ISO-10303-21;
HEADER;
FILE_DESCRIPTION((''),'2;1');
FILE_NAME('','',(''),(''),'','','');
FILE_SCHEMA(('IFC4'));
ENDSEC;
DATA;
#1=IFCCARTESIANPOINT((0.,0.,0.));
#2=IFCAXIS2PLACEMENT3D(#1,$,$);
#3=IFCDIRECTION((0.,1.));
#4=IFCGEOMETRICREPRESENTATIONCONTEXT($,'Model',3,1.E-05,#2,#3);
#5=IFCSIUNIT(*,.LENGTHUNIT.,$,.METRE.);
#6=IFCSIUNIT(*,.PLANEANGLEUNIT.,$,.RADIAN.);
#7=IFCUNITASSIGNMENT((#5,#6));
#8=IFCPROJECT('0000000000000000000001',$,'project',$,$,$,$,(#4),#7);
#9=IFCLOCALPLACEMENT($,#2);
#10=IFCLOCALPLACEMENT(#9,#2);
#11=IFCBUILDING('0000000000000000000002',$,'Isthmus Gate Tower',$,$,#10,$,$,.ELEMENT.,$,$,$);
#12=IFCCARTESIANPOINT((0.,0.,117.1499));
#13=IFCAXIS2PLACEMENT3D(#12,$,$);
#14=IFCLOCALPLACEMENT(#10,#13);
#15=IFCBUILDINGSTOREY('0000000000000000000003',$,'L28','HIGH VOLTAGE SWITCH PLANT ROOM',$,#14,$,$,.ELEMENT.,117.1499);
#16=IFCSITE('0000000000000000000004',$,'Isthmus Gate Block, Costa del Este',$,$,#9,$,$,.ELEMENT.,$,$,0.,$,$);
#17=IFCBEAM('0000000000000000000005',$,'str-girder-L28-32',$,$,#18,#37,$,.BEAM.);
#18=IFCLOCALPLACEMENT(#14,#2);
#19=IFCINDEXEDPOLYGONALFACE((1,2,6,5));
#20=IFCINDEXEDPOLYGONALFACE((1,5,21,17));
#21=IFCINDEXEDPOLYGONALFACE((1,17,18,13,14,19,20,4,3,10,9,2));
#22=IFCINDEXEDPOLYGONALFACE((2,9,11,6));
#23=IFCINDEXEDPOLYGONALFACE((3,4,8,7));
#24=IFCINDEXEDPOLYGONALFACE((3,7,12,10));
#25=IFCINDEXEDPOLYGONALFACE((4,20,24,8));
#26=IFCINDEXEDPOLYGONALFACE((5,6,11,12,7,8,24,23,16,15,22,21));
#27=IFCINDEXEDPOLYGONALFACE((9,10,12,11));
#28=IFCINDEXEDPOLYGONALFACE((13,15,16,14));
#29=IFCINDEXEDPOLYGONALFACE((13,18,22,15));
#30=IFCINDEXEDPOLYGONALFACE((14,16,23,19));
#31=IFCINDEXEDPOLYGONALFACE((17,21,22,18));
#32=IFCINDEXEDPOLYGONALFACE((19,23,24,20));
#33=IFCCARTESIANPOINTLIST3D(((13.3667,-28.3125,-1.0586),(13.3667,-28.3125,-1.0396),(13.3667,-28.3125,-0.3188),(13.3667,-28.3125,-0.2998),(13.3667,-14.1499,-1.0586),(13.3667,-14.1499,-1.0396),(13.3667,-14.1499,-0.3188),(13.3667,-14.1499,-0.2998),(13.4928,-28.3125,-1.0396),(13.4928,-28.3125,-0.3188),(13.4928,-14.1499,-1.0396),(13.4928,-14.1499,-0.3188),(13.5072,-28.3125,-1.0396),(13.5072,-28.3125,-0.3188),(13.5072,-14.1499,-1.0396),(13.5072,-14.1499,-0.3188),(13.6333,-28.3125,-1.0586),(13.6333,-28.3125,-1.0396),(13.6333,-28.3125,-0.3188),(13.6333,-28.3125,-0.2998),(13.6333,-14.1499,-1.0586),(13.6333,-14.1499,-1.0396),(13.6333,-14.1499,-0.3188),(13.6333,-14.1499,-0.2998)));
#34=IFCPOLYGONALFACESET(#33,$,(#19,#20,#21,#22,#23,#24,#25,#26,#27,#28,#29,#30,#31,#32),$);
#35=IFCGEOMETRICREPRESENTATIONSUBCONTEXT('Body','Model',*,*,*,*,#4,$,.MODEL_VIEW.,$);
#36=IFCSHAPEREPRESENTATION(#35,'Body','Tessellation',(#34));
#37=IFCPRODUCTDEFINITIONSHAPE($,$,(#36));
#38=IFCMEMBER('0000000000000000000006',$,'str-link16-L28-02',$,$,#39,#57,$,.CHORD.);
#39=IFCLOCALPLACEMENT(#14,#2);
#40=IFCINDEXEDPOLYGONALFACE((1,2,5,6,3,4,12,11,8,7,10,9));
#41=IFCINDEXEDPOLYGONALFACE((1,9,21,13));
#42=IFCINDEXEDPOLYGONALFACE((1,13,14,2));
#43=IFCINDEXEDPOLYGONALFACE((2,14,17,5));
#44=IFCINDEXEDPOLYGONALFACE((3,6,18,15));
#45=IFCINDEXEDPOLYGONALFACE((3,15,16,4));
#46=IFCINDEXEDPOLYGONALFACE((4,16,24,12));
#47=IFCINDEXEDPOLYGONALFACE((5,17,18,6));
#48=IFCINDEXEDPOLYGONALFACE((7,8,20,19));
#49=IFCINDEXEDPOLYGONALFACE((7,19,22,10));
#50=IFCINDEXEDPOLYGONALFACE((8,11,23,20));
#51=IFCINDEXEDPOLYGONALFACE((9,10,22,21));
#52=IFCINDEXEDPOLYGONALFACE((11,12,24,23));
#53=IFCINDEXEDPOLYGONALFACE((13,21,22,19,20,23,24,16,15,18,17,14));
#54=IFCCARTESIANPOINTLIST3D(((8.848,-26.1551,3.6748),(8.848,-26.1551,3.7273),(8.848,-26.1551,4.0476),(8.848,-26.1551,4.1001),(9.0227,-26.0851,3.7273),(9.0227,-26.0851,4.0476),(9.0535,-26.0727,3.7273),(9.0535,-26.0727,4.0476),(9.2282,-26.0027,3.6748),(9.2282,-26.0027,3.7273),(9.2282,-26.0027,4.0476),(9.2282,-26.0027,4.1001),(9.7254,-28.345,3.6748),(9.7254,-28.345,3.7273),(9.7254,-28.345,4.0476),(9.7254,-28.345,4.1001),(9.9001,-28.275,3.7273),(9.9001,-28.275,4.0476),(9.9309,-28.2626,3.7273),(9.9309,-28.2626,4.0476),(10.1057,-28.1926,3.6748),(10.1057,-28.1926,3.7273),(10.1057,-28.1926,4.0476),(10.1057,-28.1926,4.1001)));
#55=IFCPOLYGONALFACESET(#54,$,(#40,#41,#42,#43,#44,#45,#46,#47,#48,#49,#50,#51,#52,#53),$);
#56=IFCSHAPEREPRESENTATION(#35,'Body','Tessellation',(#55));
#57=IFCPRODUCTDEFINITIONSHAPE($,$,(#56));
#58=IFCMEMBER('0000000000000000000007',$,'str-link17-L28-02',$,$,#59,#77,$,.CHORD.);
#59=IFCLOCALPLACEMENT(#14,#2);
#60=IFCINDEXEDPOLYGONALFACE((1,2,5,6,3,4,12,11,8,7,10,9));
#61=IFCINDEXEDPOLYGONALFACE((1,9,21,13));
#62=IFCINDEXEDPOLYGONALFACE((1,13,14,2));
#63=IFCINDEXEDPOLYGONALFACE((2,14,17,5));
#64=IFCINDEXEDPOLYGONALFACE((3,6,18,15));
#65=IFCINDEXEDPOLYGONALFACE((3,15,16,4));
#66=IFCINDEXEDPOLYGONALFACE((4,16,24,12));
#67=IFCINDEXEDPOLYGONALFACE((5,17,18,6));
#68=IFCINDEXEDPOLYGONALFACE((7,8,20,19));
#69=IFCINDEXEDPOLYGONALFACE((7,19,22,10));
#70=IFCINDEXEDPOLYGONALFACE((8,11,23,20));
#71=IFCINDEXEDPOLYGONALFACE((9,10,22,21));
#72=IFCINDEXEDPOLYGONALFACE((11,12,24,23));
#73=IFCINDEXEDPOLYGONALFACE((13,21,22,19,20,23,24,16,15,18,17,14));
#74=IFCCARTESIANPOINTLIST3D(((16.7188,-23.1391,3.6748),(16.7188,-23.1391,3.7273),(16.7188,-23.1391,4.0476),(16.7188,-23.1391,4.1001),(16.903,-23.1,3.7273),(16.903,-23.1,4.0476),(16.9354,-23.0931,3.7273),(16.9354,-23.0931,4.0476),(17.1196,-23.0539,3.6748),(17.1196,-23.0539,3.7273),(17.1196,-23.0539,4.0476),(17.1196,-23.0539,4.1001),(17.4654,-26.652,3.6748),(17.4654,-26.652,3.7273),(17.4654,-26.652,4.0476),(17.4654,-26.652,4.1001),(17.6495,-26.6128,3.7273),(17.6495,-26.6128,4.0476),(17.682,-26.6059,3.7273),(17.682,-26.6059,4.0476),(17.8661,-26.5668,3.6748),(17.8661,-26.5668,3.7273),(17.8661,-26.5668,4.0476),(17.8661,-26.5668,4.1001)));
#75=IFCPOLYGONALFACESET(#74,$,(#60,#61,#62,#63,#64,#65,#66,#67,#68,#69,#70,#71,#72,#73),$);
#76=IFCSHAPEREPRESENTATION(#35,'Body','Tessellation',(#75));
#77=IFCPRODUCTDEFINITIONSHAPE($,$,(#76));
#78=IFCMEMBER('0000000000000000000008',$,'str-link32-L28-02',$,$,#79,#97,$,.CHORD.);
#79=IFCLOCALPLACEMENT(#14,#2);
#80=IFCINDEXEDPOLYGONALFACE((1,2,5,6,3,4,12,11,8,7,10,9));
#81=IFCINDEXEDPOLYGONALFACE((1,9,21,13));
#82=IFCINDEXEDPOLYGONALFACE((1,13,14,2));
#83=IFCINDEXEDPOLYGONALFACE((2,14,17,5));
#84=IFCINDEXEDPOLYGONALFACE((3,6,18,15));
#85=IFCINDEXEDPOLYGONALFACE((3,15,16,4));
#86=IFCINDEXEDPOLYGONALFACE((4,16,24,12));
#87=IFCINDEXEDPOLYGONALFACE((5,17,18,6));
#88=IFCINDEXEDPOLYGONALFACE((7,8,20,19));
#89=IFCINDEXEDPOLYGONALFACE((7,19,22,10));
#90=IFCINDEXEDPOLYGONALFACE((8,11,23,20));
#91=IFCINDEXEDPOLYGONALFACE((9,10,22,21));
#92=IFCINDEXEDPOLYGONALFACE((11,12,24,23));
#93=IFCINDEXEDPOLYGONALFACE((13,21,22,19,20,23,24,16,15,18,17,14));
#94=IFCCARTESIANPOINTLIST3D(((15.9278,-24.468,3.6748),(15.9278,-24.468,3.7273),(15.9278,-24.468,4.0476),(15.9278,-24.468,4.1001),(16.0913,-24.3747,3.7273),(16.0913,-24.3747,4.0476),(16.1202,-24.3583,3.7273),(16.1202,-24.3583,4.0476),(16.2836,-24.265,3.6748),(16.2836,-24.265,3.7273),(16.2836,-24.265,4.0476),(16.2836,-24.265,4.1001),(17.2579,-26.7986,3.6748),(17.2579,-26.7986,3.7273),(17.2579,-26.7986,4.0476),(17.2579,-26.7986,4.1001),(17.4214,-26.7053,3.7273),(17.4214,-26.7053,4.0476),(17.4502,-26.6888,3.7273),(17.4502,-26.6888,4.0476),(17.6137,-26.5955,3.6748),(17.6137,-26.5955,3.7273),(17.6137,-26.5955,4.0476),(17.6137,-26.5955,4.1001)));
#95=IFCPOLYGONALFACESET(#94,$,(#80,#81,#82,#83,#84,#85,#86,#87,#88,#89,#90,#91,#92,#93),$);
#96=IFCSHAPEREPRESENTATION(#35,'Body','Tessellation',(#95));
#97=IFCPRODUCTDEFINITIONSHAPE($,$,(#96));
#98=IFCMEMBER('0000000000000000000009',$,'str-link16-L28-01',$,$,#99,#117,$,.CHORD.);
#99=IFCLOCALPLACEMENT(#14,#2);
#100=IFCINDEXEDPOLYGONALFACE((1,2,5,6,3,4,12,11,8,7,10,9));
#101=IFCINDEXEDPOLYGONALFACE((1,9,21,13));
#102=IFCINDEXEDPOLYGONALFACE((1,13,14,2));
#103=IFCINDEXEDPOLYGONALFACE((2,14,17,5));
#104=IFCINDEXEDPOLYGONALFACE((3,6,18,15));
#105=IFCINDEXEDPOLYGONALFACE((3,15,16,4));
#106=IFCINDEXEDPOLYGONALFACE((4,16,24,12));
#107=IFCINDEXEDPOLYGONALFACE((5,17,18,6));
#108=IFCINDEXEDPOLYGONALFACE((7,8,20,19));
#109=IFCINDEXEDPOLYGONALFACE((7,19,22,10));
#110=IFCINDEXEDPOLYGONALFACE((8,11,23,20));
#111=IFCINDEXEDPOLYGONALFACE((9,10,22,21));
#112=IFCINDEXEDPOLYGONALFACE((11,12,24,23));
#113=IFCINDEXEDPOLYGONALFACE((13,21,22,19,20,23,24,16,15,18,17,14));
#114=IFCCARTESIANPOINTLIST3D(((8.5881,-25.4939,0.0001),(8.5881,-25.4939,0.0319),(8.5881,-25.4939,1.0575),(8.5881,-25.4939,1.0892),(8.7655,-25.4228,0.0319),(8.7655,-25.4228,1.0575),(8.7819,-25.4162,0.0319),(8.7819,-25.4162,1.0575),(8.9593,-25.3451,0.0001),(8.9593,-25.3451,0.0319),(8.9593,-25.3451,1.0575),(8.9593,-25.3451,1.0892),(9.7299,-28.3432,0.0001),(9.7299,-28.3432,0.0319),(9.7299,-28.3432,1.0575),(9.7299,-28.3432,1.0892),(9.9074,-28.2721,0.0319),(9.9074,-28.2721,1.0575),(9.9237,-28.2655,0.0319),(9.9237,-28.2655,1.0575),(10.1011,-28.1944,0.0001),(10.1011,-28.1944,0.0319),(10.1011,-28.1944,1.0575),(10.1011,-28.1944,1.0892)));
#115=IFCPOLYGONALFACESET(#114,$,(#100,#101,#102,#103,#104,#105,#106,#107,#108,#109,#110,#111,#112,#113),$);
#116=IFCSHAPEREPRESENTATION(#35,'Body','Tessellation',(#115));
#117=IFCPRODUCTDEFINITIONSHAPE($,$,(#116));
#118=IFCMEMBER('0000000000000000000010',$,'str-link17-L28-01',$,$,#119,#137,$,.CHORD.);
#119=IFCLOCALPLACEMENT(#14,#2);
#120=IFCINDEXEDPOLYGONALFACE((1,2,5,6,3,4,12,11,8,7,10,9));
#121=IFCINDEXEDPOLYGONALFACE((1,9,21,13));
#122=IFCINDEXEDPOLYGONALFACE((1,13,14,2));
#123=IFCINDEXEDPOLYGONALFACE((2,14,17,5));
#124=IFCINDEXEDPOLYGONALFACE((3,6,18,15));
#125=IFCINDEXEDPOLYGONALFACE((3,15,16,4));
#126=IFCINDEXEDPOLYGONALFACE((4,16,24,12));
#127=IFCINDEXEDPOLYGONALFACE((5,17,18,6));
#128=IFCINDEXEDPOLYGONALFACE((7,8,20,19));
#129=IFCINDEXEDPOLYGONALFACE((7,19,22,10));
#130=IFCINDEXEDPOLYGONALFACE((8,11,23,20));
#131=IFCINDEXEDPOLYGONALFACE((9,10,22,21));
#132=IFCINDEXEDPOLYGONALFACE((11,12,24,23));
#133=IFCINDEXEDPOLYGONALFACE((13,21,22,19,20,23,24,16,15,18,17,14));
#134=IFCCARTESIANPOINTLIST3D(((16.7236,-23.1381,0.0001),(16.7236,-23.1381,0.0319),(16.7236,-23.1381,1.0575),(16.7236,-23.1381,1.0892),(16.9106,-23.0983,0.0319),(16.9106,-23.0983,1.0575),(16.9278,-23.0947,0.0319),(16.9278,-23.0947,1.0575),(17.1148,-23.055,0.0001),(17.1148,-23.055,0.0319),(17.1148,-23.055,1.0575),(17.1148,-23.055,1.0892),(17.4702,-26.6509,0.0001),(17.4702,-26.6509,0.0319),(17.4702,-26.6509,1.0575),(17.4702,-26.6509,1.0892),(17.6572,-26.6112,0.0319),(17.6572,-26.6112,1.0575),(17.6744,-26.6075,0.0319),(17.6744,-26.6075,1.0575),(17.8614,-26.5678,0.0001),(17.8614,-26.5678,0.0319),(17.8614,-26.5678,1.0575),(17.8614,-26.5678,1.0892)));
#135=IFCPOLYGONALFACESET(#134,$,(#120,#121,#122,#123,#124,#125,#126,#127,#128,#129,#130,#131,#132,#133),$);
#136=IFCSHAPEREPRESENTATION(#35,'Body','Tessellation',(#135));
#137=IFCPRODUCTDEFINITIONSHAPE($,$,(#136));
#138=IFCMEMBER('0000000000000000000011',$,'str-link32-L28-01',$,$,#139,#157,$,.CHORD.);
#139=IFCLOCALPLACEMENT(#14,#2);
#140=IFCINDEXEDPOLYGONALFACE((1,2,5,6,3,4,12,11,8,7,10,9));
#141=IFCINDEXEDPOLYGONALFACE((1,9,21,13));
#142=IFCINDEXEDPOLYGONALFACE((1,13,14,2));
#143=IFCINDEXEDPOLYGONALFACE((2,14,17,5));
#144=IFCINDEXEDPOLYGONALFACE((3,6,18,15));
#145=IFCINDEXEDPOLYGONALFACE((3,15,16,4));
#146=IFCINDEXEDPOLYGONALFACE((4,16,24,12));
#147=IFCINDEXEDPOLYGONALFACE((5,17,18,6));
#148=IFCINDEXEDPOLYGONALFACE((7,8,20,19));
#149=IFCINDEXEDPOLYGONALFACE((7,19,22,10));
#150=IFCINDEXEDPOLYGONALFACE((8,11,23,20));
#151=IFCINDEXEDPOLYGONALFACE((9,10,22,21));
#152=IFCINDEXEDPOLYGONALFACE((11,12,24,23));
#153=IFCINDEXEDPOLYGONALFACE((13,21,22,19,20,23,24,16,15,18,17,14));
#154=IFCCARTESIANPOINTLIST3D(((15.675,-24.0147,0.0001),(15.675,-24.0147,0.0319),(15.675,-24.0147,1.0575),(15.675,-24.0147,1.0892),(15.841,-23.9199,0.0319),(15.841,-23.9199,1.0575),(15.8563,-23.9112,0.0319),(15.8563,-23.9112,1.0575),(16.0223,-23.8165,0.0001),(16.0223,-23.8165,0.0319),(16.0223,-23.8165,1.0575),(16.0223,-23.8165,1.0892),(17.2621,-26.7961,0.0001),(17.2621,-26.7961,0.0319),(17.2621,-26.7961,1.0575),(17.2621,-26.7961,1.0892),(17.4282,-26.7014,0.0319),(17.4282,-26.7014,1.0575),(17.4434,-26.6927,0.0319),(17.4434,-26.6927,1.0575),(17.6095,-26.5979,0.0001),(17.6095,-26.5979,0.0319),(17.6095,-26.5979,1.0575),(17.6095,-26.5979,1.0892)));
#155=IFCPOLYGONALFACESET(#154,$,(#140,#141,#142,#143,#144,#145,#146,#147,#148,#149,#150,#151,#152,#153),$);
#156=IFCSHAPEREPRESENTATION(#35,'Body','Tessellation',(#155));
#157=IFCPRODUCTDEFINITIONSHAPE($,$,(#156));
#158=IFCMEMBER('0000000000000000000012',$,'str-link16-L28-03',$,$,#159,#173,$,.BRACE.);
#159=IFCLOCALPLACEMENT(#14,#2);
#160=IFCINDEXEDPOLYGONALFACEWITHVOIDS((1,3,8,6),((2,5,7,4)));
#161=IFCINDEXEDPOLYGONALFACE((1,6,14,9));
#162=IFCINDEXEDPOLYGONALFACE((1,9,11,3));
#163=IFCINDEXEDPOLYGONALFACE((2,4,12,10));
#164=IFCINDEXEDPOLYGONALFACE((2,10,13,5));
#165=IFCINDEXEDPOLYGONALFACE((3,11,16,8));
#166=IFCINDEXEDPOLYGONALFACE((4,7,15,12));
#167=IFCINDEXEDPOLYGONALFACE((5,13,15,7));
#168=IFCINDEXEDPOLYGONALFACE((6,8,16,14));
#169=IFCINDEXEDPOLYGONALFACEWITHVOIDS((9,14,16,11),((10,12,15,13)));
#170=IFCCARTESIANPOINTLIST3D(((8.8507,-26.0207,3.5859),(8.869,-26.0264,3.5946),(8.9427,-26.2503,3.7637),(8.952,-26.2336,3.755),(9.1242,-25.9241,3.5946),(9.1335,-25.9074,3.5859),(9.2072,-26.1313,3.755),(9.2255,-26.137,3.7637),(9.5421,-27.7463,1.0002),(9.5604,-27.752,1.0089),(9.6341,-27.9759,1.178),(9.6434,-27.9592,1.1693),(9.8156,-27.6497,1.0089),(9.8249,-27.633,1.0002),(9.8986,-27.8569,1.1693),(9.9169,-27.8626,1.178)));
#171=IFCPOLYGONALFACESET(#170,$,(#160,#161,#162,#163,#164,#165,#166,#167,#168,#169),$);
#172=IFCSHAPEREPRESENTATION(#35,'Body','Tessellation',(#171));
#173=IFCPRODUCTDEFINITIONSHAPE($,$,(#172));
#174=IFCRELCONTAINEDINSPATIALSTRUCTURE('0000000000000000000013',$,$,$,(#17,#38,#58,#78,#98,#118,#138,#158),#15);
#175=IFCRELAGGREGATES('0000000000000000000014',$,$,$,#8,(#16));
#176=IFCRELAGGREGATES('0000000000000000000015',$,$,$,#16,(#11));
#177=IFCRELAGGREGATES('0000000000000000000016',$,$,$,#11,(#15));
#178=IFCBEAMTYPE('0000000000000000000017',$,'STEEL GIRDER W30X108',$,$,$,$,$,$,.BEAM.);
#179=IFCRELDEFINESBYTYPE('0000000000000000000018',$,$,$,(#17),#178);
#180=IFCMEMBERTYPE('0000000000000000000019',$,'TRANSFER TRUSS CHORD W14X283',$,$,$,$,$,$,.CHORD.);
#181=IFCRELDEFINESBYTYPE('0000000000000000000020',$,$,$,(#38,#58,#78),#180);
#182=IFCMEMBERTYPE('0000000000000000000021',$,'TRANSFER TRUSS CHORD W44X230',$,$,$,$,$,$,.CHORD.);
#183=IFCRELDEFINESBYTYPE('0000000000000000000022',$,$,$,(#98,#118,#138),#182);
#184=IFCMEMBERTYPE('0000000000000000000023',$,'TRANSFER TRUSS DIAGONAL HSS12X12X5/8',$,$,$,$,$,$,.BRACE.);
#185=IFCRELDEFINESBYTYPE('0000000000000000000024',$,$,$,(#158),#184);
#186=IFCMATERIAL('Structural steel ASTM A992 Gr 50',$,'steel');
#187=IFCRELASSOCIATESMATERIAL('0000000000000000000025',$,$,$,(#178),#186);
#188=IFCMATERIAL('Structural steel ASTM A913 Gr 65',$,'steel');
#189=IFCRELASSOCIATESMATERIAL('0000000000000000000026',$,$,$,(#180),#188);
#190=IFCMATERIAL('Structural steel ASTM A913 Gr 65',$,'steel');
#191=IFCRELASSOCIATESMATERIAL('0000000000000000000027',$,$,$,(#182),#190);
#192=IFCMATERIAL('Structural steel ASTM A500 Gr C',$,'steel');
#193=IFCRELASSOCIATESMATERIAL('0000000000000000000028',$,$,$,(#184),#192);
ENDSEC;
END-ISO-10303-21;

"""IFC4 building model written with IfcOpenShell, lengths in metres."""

from ifc_helpers import new_model, si_unit, direction, frame, origin, origin_2d, place, context, subcontext, project, spatial, hollow_rectangle, i_section, extrude, material, material_profile, profile_set, type_object, element, save


model = new_model("IFC4")

# Units and contexts
model_context = context("Model", 3, precision=1e-05, world=origin(), true_north=direction((0.0, 1.0)))
body_context = subcontext(model_context, "Body", "Model", "MODEL_VIEW")
ifc_project = project(units=[si_unit("LENGTHUNIT", "METRE"), si_unit("PLANEANGLEUNIT", "RADIAN")], contexts=[model_context])

# Site, building, storey
site_placement = place(None, origin())
site = spatial("IfcSite", under=ifc_project, at=site_placement, Name="Isthmus Gate Block, Costa del Este", CompositionType="ELEMENT", RefElevation=0.0)
building_placement = place(site_placement, origin())
building = spatial("IfcBuilding", under=site, at=building_placement, Name="Isthmus Gate Tower", CompositionType="ELEMENT")
storey_placement = place(building_placement, frame((0.0, 0.0, 117.1499)))
storey = spatial("IfcBuildingStorey", under=building, at=storey_placement, Name="L28", Description="HIGH VOLTAGE SWITCH PLANT ROOM", CompositionType="ELEMENT", Elevation=117.1499)

# Beam
ifc_material_1 = material(Name="Structural steel ASTM A992 Gr 50", Category="steel")
ifc_material_profile_1 = material_profile(ifc_material_1, i_section(OverallWidth=0.2666, OverallDepth=0.7588, WebThickness=0.0144, FlangeThickness=0.019, at=origin_2d()), Name="W30X108")
ifc_profile_set_1 = profile_set([ifc_material_profile_1], Name="Structural steel ASTM A992 Gr 50")
beam_type_1 = type_object("IfcBeamType", Name="STEEL GIRDER W30X108", PredefinedType="BEAM", material=ifc_profile_set_1)
beam_1_placement = place(storey_placement, frame((13.5, -28.3125, -0.6792), z_axis=(0.0, 1.0, 0.0), x_axis=(-1.0, 0.0, 0.0)))
element("IfcBeam", 1, at=beam_1_placement, inside=storey, type_object=beam_type_1, Name="str-girder-L28-32", PredefinedType="BEAM", context=body_context, shape_type="SweptSolid", body=[
    extrude(i_section(OverallWidth=0.2666, OverallDepth=0.7588, WebThickness=0.0144, FlangeThickness=0.019, at=origin_2d()), origin(), (0.0, 0.0, 1.0), 14.1626),
])

# Members
ifc_material_2 = material(Name="Structural steel ASTM A913 Gr 65", Category="steel")
ifc_material_profile_2 = material_profile(ifc_material_2, i_section(OverallWidth=0.4097, OverallDepth=0.4253, WebThickness=0.0332, FlangeThickness=0.0525, at=origin_2d()), Name="W14X283")
ifc_profile_set_2 = profile_set([ifc_material_profile_2], Name="Structural steel ASTM A913 Gr 65")
member_type_1 = type_object("IfcMemberType", Name="TRANSFER TRUSS CHORD W14X283", PredefinedType="CHORD", material=ifc_profile_set_2)
member_1_placement = place(storey_placement, frame((9.9155, -28.2688, 3.8875), z_axis=(-0.371926, 0.928262, 0.0), x_axis=(-0.928262, -0.371926, 0.0)))
element("IfcMember", 2, at=member_1_placement, inside=storey, type_object=member_type_1, Name="str-link16-L28-02", PredefinedType="CHORD", context=body_context, shape_type="SweptSolid", body=[
    extrude(i_section(OverallWidth=0.4097, OverallDepth=0.4253, WebThickness=0.0332, FlangeThickness=0.0525, at=origin_2d()), origin(), (0.0, 0.0, 1.0), 2.3591),
])
member_2_placement = place(storey_placement, frame((17.6658, -26.6094, 3.8875), z_axis=(-0.207881, 0.978154, 0.0), x_axis=(-0.978154, -0.207881, 0.0)))
element("IfcMember", 3, at=member_2_placement, inside=storey, type_object=member_type_1, Name="str-link17-L28-02", PredefinedType="CHORD", context=body_context, shape_type="SweptSolid", body=[
    extrude(i_section(OverallWidth=0.4097, OverallDepth=0.4253, WebThickness=0.0332, FlangeThickness=0.0525, at=origin_2d()), origin(), (0.0, 0.0, 1.0), 3.5913),
])
member_3_placement = place(storey_placement, frame((17.4358, -26.697, 3.8875), z_axis=(-0.495669, 0.868512, 0.0), x_axis=(-0.868512, -0.495669, 0.0)))
element("IfcMember", 4, at=member_3_placement, inside=storey, type_object=member_type_1, Name="str-link32-L28-02", PredefinedType="CHORD", context=body_context, shape_type="SweptSolid", body=[
    extrude(i_section(OverallWidth=0.4097, OverallDepth=0.4253, WebThickness=0.0332, FlangeThickness=0.0525, at=origin_2d()), origin(), (0.0, 0.0, 1.0), 2.6833),
])
ifc_material_3 = material(Name="Structural steel ASTM A913 Gr 65", Category="steel")
ifc_material_profile_3 = material_profile(ifc_material_3, i_section(OverallWidth=0.3999, OverallDepth=1.0891, WebThickness=0.0176, FlangeThickness=0.0317, at=origin_2d()), Name="W44X230")
ifc_profile_set_3 = profile_set([ifc_material_profile_3], Name="Structural steel ASTM A913 Gr 65")
member_type_2 = type_object("IfcMemberType", Name="TRANSFER TRUSS CHORD W44X230", PredefinedType="CHORD", material=ifc_profile_set_3)
member_4_placement = place(storey_placement, frame((9.9155, -28.2688, 0.5447), z_axis=(-0.37198, 0.928241, 0.0), x_axis=(-0.928241, -0.37198, 0.0)))
element("IfcMember", 5, at=member_4_placement, inside=storey, type_object=member_type_2, Name="str-link16-L28-01", PredefinedType="CHORD", context=body_context, shape_type="SweptSolid", body=[
    extrude(i_section(OverallWidth=0.3999, OverallDepth=1.0891, WebThickness=0.0176, FlangeThickness=0.0317, at=origin_2d()), origin(), (0.0, 0.0, 1.0), 3.0696),
])
member_5_placement = place(storey_placement, frame((17.6658, -26.6094, 0.5447), z_axis=(-0.207881, 0.978154, 0.0), x_axis=(-0.978154, -0.207881, 0.0)))
element("IfcMember", 6, at=member_5_placement, inside=storey, type_object=member_type_2, Name="str-link17-L28-01", PredefinedType="CHORD", context=body_context, shape_type="SweptSolid", body=[
    extrude(i_section(OverallWidth=0.3999, OverallDepth=1.0891, WebThickness=0.0176, FlangeThickness=0.0317, at=origin_2d()), origin(), (0.0, 0.0, 1.0), 3.5913),
])
member_6_placement = place(storey_placement, frame((17.4358, -26.697, 0.5447), z_axis=(-0.495605, 0.868548, 0.0), x_axis=(-0.868548, -0.495605, 0.0)))
element("IfcMember", 7, at=member_6_placement, inside=storey, type_object=member_type_2, Name="str-link32-L28-01", PredefinedType="CHORD", context=body_context, shape_type="SweptSolid", body=[
    extrude(i_section(OverallWidth=0.3999, OverallDepth=1.0891, WebThickness=0.0176, FlangeThickness=0.0317, at=origin_2d()), origin(), (0.0, 0.0, 1.0), 3.2024),
])
ifc_material_4 = material(Name="Structural steel ASTM A500 Gr C", Category="steel")
ifc_material_profile_4 = material_profile(ifc_material_4, hollow_rectangle(XDim=0.3047, YDim=0.3047, WallThickness=0.0149, at=origin_2d()), Name="HSS12X12X5/8")
ifc_profile_set_4 = profile_set([ifc_material_profile_4], Name="Structural steel ASTM A500 Gr C")
member_type_3 = type_object("IfcMemberType", Name="TRANSFER TRUSS DIAGONAL HSS12X12X5/8", PredefinedType="BRACE", material=ifc_profile_set_4)
member_7_placement = place(storey_placement, frame((9.7295, -27.8044, 1.0891), z_axis=(-0.217111, 0.541858, 0.811944), x_axis=(-0.928259, -0.371934, 0.0)))
element("IfcMember", 8, at=member_7_placement, inside=storey, type_object=member_type_3, Name="str-link16-L28-03", PredefinedType="BRACE", context=body_context, shape_type="SweptSolid", body=[
    extrude(hollow_rectangle(XDim=0.3047, YDim=0.3047, WallThickness=0.0149, at=origin_2d()), origin(), (0.0, 0.0, 1.0), 3.1846),
])

save(model, "model.ifc")
